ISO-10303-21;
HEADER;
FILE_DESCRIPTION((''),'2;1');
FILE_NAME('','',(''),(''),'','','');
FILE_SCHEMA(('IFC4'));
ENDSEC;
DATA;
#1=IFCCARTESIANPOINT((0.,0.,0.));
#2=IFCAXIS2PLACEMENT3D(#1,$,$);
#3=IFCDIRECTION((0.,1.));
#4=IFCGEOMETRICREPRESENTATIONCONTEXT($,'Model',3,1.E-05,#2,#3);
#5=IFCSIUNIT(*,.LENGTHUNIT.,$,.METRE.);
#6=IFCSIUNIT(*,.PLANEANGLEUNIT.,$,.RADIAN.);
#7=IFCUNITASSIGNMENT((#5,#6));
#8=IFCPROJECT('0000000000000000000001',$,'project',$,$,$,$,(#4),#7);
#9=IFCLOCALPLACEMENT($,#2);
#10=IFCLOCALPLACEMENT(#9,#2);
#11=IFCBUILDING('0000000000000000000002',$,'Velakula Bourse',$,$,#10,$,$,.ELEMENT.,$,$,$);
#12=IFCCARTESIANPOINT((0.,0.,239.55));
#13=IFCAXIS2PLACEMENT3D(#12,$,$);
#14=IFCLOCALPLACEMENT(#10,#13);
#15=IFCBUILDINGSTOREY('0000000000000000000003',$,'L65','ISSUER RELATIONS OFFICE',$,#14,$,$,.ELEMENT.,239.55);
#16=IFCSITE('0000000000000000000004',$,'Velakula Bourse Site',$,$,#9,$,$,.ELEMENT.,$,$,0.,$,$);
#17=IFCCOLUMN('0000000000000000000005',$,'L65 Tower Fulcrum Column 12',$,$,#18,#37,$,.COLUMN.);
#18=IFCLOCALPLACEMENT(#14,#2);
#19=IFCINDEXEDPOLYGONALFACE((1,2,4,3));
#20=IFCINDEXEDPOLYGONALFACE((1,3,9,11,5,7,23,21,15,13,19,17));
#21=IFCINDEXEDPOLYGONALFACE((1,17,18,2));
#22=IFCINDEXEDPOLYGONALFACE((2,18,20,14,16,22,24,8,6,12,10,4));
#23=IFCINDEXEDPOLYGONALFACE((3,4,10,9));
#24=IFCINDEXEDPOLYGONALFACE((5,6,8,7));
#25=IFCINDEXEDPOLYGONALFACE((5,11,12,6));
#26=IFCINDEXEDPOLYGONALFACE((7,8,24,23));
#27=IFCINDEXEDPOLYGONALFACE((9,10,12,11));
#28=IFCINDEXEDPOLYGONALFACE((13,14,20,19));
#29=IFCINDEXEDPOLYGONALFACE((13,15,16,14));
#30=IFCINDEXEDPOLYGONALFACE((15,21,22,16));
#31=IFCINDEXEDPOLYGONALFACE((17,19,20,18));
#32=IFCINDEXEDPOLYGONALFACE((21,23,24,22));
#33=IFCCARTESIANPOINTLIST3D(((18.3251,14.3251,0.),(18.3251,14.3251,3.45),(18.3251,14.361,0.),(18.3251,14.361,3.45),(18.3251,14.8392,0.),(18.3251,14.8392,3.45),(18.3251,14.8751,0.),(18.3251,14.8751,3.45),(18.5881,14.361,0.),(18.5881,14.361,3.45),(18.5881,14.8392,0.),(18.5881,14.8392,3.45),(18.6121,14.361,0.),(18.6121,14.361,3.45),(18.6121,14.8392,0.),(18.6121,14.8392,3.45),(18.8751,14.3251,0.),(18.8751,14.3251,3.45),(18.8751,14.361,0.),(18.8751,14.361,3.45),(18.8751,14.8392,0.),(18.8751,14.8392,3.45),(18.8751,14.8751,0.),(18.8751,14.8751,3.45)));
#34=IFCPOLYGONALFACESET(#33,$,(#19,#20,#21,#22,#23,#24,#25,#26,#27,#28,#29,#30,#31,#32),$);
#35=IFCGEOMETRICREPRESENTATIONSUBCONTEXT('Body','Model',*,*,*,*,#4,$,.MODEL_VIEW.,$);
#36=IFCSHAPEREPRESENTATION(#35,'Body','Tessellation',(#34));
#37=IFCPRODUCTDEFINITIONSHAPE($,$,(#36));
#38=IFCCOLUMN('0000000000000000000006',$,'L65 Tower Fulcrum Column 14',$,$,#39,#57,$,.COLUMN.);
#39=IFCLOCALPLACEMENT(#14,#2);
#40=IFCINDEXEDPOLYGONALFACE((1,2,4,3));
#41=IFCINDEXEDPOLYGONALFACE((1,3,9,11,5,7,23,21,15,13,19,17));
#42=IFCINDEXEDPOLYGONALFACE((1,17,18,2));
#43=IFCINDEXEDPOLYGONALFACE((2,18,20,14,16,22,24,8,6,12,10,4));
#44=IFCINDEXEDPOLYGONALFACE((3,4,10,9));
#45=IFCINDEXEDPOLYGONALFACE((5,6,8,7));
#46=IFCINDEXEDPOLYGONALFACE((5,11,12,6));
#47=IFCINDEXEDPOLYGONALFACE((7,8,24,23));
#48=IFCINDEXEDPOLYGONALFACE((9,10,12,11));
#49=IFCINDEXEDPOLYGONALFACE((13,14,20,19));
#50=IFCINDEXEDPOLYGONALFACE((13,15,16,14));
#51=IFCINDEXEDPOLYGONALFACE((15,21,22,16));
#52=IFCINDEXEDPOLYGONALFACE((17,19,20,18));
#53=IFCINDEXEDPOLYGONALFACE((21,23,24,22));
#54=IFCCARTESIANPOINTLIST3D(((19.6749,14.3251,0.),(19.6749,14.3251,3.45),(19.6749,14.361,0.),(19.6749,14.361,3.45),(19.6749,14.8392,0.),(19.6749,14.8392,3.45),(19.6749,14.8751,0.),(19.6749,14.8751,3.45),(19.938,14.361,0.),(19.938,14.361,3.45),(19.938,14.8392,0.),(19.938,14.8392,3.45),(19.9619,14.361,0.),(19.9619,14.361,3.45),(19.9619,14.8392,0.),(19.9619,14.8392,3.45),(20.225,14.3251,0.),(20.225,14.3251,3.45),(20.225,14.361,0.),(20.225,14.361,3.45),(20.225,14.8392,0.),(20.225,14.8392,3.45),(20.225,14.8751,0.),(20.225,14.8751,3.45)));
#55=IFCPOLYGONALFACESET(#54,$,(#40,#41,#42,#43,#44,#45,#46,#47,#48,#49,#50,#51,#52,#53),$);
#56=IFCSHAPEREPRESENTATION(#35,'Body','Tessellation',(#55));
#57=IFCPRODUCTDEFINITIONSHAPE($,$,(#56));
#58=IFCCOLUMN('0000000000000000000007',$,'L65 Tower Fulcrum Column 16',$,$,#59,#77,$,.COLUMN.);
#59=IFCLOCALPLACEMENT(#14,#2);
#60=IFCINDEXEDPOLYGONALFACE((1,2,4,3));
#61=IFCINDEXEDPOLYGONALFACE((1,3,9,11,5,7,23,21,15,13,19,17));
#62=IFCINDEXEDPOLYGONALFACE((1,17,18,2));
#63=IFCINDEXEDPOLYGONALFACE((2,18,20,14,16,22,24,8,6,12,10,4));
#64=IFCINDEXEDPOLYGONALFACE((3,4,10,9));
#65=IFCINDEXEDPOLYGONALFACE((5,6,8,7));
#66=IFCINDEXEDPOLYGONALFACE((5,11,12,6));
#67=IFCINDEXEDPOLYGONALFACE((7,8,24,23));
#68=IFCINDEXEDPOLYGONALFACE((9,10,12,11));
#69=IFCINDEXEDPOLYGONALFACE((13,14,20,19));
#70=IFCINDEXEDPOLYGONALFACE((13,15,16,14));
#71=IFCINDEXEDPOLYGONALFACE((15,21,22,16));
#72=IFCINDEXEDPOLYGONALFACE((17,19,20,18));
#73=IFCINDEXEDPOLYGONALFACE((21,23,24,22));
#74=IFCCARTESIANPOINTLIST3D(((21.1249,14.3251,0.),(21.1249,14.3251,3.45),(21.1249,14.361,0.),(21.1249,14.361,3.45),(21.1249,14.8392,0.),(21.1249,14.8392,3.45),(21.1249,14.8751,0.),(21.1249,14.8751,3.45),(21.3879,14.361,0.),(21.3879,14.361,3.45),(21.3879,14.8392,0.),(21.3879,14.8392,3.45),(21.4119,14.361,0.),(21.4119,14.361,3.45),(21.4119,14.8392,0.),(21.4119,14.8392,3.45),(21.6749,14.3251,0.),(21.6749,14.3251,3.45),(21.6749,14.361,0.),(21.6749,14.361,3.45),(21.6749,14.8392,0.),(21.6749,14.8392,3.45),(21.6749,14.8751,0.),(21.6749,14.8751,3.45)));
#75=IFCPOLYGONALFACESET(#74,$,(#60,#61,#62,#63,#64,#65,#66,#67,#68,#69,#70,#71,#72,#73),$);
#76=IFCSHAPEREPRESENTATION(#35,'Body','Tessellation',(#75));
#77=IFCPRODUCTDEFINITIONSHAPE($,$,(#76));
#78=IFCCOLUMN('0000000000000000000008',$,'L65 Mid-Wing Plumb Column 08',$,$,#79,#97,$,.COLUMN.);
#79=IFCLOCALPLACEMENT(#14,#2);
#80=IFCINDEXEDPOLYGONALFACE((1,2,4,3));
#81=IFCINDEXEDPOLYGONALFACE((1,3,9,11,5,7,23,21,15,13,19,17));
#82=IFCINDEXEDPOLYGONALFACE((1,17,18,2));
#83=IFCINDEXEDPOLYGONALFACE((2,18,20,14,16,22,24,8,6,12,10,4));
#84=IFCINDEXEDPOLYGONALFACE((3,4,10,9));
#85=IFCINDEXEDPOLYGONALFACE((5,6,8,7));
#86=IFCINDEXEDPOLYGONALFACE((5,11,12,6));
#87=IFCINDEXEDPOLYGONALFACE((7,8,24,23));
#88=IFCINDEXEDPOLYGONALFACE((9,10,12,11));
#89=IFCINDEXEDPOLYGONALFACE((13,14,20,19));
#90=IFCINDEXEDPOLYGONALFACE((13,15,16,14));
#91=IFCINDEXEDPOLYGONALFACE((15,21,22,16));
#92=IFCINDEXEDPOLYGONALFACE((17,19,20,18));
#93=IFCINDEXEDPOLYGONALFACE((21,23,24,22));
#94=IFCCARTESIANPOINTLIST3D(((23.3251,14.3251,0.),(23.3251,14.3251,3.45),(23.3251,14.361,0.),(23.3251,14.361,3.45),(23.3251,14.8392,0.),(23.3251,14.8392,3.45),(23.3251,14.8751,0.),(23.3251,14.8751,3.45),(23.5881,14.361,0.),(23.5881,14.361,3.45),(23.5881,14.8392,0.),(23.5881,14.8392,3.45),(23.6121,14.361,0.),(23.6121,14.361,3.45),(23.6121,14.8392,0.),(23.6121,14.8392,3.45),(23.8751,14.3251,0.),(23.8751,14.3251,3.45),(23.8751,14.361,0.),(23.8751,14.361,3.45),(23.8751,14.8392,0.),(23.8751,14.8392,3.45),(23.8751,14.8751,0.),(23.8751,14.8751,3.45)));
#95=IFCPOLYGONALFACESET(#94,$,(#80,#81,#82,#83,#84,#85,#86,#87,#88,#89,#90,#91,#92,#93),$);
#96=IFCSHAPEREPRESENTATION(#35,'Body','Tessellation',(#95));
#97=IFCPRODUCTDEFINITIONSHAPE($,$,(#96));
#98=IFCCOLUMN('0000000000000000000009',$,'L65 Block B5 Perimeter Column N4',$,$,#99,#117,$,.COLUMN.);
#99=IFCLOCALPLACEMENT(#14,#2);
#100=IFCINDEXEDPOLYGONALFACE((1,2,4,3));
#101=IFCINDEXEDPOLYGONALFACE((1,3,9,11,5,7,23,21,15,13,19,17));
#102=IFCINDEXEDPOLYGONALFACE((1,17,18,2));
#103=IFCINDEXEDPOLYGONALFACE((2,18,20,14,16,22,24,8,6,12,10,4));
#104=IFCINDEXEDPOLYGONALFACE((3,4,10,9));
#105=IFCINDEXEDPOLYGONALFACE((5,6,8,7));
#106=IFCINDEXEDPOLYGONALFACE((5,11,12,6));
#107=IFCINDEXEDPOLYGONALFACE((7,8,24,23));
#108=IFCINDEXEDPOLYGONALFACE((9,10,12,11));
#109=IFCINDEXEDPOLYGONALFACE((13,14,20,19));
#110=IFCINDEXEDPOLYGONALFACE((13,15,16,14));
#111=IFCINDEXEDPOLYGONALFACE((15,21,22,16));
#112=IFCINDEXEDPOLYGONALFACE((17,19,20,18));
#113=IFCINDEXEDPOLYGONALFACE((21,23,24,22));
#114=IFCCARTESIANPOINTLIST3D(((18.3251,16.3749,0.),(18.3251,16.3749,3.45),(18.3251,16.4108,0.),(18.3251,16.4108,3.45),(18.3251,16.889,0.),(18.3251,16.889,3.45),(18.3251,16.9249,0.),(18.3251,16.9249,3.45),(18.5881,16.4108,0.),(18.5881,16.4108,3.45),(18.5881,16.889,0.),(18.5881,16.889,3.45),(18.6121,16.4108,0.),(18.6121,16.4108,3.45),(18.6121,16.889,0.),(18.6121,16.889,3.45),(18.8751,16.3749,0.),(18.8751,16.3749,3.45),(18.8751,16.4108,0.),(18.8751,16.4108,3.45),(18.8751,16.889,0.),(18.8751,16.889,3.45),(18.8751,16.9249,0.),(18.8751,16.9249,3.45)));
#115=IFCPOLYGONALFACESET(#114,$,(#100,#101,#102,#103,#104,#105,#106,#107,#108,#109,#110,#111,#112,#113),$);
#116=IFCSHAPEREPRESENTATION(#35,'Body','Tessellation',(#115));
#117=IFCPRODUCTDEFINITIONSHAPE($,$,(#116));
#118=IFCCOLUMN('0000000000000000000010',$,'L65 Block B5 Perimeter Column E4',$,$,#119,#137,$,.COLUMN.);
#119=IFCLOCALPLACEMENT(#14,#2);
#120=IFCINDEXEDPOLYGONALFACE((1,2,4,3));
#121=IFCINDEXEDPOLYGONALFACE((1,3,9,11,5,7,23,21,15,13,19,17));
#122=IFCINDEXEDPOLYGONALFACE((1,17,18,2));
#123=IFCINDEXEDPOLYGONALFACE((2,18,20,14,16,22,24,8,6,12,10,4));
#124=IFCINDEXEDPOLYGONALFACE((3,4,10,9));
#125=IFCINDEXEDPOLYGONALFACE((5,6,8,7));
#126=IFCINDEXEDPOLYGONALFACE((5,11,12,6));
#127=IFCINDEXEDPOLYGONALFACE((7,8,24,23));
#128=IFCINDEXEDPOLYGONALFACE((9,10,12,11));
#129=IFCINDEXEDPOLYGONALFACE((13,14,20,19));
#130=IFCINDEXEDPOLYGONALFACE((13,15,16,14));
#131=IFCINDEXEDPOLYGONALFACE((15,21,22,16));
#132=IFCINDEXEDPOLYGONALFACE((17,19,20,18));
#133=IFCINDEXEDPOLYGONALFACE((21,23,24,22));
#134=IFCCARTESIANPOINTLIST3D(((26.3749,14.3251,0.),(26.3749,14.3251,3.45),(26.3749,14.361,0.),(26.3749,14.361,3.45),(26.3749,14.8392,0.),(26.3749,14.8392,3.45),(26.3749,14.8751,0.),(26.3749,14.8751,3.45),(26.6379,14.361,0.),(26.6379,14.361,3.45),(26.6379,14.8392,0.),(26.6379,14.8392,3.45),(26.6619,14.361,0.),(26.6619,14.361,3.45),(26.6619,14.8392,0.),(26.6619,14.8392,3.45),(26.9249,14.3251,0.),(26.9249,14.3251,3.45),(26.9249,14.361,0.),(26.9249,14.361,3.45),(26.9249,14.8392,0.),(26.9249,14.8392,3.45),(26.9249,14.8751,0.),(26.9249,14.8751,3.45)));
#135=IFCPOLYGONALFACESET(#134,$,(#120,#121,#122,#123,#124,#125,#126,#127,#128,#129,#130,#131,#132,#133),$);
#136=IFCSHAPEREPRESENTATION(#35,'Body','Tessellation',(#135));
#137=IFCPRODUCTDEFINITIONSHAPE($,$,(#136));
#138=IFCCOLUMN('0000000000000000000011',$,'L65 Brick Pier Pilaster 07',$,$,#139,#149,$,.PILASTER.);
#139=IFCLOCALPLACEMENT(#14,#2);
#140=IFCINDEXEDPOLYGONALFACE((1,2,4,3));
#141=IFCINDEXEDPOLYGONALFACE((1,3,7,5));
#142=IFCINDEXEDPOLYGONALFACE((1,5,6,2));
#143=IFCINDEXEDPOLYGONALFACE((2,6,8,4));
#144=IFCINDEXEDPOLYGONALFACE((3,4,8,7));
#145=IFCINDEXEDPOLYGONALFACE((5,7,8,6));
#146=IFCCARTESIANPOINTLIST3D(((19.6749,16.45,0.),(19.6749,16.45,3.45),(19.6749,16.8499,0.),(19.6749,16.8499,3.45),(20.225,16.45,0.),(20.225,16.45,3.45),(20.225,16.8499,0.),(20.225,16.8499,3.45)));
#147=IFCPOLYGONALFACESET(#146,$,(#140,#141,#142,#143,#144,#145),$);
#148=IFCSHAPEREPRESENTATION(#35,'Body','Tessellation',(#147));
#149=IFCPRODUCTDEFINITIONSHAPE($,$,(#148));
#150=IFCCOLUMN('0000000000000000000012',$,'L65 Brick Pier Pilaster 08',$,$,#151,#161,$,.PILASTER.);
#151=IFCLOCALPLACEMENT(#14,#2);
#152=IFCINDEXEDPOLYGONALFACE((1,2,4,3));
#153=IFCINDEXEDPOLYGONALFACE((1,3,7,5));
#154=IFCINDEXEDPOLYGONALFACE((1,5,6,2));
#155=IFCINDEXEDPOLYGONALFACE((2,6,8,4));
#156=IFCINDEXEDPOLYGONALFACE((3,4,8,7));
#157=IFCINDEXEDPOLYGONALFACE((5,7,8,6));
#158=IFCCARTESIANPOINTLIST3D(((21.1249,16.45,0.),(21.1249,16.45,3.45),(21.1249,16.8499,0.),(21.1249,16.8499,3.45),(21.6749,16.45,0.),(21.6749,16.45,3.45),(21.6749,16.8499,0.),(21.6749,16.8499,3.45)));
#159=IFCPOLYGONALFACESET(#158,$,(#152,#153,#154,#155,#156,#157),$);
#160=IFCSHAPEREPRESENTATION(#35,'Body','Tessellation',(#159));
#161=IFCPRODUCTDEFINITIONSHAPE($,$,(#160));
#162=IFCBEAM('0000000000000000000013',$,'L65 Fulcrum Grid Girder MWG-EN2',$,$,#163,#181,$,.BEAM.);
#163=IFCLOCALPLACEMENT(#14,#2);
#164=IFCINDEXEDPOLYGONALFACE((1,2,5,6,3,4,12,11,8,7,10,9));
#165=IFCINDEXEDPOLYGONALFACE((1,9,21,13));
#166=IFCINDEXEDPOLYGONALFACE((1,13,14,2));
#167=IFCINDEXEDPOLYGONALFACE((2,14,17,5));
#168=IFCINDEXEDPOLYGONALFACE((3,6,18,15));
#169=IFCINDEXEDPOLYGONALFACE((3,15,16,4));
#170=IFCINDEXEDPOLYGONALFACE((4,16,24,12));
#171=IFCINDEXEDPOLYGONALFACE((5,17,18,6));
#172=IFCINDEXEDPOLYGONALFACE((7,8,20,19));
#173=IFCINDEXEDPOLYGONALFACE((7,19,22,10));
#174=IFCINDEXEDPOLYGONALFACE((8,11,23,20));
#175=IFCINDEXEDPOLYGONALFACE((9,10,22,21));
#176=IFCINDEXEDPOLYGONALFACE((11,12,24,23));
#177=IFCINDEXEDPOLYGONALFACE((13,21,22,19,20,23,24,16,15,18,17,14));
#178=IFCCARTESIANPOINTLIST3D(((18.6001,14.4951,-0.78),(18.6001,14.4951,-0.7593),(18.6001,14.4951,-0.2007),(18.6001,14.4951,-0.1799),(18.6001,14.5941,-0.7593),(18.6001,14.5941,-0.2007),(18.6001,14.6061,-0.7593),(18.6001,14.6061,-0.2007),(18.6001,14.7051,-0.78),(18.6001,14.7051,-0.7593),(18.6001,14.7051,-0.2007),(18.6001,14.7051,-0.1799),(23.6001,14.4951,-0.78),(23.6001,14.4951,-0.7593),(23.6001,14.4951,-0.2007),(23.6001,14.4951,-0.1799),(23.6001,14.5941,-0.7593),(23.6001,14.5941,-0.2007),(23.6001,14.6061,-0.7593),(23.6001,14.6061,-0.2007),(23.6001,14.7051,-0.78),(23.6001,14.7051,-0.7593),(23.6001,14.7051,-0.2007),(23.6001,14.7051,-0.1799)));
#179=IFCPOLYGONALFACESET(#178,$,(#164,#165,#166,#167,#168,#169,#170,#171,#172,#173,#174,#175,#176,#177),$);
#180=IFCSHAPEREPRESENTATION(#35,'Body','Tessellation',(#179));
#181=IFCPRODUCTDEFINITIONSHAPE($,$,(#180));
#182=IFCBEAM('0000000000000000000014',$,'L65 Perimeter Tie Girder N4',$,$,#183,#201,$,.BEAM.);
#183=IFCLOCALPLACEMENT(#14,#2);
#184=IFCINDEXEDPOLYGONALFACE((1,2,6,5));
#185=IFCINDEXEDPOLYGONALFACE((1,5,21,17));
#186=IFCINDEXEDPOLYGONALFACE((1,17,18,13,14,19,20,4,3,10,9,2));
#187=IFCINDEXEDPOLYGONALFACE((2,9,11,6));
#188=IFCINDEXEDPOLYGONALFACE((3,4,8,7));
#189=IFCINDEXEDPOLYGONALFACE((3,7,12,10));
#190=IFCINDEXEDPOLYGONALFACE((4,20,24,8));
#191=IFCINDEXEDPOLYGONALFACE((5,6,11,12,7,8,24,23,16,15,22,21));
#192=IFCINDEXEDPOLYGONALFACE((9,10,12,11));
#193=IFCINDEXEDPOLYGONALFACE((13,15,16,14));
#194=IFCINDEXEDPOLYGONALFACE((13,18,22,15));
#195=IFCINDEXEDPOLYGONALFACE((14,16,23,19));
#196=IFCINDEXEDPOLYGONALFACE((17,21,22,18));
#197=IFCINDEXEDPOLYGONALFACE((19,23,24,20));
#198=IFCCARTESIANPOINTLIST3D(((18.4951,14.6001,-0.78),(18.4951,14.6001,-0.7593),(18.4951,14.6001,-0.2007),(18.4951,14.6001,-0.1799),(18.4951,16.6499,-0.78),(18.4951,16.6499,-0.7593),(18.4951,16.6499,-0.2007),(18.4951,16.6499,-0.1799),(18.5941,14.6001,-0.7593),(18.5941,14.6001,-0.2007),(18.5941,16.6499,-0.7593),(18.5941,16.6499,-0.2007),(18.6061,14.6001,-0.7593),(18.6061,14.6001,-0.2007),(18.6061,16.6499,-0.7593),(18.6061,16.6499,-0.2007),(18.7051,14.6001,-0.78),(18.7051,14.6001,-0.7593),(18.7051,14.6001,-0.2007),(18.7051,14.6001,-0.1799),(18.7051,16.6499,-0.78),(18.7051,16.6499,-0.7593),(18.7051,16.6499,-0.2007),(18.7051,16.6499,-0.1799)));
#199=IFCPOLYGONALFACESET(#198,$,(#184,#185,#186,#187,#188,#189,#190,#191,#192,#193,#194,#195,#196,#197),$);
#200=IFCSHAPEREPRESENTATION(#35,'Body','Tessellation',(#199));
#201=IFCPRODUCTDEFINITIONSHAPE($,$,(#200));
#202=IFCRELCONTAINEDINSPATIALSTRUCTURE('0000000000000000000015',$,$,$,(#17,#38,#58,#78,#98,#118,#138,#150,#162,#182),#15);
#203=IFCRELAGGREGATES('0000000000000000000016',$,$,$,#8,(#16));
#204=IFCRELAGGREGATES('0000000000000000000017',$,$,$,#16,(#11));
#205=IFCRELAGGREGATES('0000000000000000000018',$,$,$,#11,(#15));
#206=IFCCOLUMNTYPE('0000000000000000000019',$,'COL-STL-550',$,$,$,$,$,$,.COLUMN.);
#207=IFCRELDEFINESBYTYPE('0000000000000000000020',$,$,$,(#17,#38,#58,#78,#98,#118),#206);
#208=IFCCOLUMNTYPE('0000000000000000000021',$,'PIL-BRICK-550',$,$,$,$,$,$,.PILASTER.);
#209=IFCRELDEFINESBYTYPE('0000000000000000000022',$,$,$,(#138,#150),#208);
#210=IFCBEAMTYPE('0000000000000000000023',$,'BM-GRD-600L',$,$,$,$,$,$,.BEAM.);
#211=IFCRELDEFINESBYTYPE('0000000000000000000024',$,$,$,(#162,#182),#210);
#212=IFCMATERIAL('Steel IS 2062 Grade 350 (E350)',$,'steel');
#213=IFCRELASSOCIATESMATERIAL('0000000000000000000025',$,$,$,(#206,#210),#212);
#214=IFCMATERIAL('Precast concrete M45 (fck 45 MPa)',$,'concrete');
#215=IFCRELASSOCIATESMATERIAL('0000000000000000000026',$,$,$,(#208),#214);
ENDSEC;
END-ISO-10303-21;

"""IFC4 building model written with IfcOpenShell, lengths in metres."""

from ifc_helpers import new_model, si_unit, direction, frame, origin, origin_2d, place, context, subcontext, project, spatial, rectangle, i_section, extrude, material, material_profile, profile_set, type_object, element, save


model = new_model("IFC4")

# Units and contexts
model_context = context("Model", 3, precision=1e-05, world=origin(), true_north=direction((0.0, 1.0)))
body_context = subcontext(model_context, "Body", "Model", "MODEL_VIEW")
ifc_project = project(units=[si_unit("LENGTHUNIT", "METRE"), si_unit("PLANEANGLEUNIT", "RADIAN")], contexts=[model_context])

# Site, building, storey
site_placement = place(None, origin())
site = spatial("IfcSite", under=ifc_project, at=site_placement, Name="Velakula Bourse Site", CompositionType="ELEMENT", RefElevation=0.0)
building_placement = place(site_placement, origin())
building = spatial("IfcBuilding", under=site, at=building_placement, Name="Velakula Bourse", CompositionType="ELEMENT")
storey_placement = place(building_placement, frame((0.0, 0.0, 239.55)))
storey = spatial("IfcBuildingStorey", under=building, at=storey_placement, Name="L65", Description="ISSUER RELATIONS OFFICE", CompositionType="ELEMENT", Elevation=239.55)

# Columns
ifc_material_1 = material(Name="Steel IS 2062 Grade 350 (E350)", Category="steel")
ifc_material_profile_1 = material_profile(ifc_material_1, i_section(OverallWidth=0.55, OverallDepth=0.55, WebThickness=0.0239, FlangeThickness=0.0359, at=origin_2d()), Name="Steel IS 2062 Grade 350 (E350)")
ifc_profile_set_1 = profile_set([ifc_material_profile_1], Name="Steel IS 2062 Grade 350 (E350)")
column_type_1 = type_object("IfcColumnType", Name="COL-STL-550", PredefinedType="COLUMN", material=ifc_profile_set_1)
for number, where, z_axis, x_axis, name in (
    (1, (18.6001, 14.6001, 0.0), (0.0, 0.0, 1.0), (1.0, 0.0, 0.0), "L65 Tower Fulcrum Column 12"),
    (2, (19.95, 14.6001, 0.0), (0.0, 0.0, 1.0), (1.0, 0.0, 0.0), "L65 Tower Fulcrum Column 14"),
    (3, (21.3999, 14.6001, 0.0), (0.0, 0.0, 1.0), (1.0, 0.0, 0.0), "L65 Tower Fulcrum Column 16"),
    (4, (23.6001, 14.6001, 0.0), (0.0, 0.0, 1.0), (1.0, 0.0, 0.0), "L65 Mid-Wing Plumb Column 08"),
    (5, (18.6001, 16.6499, 0.0), (0.0, 0.0, 1.0), (1.0, 0.0, 0.0), "L65 Block B5 Perimeter Column N4"),
    (6, (26.6499, 14.6001, 0.0), (0.0, 0.0, 1.0), (1.0, 0.0, 0.0), "L65 Block B5 Perimeter Column E4"),
):
    element("IfcColumn", number, at=place(storey_placement, frame(where, z_axis=z_axis, x_axis=x_axis)), inside=storey, type_object=column_type_1, Name=name, PredefinedType="COLUMN", context=body_context, shape_type="SweptSolid", body=[
        extrude(i_section(OverallWidth=0.55, OverallDepth=0.55, WebThickness=0.0239, FlangeThickness=0.0359, at=origin_2d()), origin(), (0.0, 0.0, 1.0), 3.45),
    ])
ifc_material_2 = material(Name="Precast concrete M45 (fck 45 MPa)", Category="concrete")
ifc_material_profile_2 = material_profile(ifc_material_2, rectangle(XDim=0.55, YDim=0.3999, at=origin_2d()), Name="Precast concrete M45 (fck 45 MPa)")
ifc_profile_set_2 = profile_set([ifc_material_profile_2], Name="Precast concrete M45 (fck 45 MPa)")
column_type_2 = type_object("IfcColumnType", Name="PIL-BRICK-550", PredefinedType="PILASTER", material=ifc_profile_set_2)
for number, where, z_axis, x_axis, name in (
    (7, (19.95, 16.6499, 0.0), (0.0, 0.0, 1.0), (1.0, 0.0, 0.0), "L65 Brick Pier Pilaster 07"),
    (8, (21.3999, 16.6499, 0.0), (0.0, 0.0, 1.0), (1.0, 0.0, 0.0), "L65 Brick Pier Pilaster 08"),
):
    element("IfcColumn", number, at=place(storey_placement, frame(where, z_axis=z_axis, x_axis=x_axis)), inside=storey, type_object=column_type_2, Name=name, PredefinedType="PILASTER", context=body_context, shape_type="SweptSolid", body=[
        extrude(rectangle(XDim=0.55, YDim=0.3999, at=origin_2d()), origin(), (0.0, 0.0, 1.0), 3.45),
    ])

# Beams
ifc_material_profile_3 = material_profile(ifc_material_1, i_section(OverallWidth=0.21, OverallDepth=0.6001, WebThickness=0.012, FlangeThickness=0.0208, at=origin_2d()), Name="Steel IS 2062 Grade 350 (E350)")
ifc_profile_set_3 = profile_set([ifc_material_profile_3], Name="Steel IS 2062 Grade 350 (E350)")
beam_type_1 = type_object("IfcBeamType", Name="BM-GRD-600L", PredefinedType="BEAM", material=ifc_profile_set_3)
beam_1_placement = place(storey_placement, frame((18.6001, 14.6001, -0.48), z_axis=(1.0, 0.0, 0.0), x_axis=(0.0, 1.0, 0.0)))
element("IfcBeam", 9, at=beam_1_placement, inside=storey, type_object=beam_type_1, Name="L65 Fulcrum Grid Girder MWG-EN2", PredefinedType="BEAM", context=body_context, shape_type="SweptSolid", body=[
    extrude(i_section(OverallWidth=0.21, OverallDepth=0.6001, WebThickness=0.012, FlangeThickness=0.0208, at=origin_2d()), origin(), (0.0, 0.0, 1.0), 5.0),
])
beam_2_placement = place(storey_placement, frame((18.6001, 14.6001, -0.48), z_axis=(0.0, 1.0, 0.0), x_axis=(-1.0, 0.0, 0.0)))
element("IfcBeam", 10, at=beam_2_placement, inside=storey, type_object=beam_type_1, Name="L65 Perimeter Tie Girder N4", PredefinedType="BEAM", context=body_context, shape_type="SweptSolid", body=[
    extrude(i_section(OverallWidth=0.21, OverallDepth=0.6001, WebThickness=0.012, FlangeThickness=0.0208, at=origin_2d()), origin(), (0.0, 0.0, 1.0), 2.0498),
])

save(model, "model.ifc")
